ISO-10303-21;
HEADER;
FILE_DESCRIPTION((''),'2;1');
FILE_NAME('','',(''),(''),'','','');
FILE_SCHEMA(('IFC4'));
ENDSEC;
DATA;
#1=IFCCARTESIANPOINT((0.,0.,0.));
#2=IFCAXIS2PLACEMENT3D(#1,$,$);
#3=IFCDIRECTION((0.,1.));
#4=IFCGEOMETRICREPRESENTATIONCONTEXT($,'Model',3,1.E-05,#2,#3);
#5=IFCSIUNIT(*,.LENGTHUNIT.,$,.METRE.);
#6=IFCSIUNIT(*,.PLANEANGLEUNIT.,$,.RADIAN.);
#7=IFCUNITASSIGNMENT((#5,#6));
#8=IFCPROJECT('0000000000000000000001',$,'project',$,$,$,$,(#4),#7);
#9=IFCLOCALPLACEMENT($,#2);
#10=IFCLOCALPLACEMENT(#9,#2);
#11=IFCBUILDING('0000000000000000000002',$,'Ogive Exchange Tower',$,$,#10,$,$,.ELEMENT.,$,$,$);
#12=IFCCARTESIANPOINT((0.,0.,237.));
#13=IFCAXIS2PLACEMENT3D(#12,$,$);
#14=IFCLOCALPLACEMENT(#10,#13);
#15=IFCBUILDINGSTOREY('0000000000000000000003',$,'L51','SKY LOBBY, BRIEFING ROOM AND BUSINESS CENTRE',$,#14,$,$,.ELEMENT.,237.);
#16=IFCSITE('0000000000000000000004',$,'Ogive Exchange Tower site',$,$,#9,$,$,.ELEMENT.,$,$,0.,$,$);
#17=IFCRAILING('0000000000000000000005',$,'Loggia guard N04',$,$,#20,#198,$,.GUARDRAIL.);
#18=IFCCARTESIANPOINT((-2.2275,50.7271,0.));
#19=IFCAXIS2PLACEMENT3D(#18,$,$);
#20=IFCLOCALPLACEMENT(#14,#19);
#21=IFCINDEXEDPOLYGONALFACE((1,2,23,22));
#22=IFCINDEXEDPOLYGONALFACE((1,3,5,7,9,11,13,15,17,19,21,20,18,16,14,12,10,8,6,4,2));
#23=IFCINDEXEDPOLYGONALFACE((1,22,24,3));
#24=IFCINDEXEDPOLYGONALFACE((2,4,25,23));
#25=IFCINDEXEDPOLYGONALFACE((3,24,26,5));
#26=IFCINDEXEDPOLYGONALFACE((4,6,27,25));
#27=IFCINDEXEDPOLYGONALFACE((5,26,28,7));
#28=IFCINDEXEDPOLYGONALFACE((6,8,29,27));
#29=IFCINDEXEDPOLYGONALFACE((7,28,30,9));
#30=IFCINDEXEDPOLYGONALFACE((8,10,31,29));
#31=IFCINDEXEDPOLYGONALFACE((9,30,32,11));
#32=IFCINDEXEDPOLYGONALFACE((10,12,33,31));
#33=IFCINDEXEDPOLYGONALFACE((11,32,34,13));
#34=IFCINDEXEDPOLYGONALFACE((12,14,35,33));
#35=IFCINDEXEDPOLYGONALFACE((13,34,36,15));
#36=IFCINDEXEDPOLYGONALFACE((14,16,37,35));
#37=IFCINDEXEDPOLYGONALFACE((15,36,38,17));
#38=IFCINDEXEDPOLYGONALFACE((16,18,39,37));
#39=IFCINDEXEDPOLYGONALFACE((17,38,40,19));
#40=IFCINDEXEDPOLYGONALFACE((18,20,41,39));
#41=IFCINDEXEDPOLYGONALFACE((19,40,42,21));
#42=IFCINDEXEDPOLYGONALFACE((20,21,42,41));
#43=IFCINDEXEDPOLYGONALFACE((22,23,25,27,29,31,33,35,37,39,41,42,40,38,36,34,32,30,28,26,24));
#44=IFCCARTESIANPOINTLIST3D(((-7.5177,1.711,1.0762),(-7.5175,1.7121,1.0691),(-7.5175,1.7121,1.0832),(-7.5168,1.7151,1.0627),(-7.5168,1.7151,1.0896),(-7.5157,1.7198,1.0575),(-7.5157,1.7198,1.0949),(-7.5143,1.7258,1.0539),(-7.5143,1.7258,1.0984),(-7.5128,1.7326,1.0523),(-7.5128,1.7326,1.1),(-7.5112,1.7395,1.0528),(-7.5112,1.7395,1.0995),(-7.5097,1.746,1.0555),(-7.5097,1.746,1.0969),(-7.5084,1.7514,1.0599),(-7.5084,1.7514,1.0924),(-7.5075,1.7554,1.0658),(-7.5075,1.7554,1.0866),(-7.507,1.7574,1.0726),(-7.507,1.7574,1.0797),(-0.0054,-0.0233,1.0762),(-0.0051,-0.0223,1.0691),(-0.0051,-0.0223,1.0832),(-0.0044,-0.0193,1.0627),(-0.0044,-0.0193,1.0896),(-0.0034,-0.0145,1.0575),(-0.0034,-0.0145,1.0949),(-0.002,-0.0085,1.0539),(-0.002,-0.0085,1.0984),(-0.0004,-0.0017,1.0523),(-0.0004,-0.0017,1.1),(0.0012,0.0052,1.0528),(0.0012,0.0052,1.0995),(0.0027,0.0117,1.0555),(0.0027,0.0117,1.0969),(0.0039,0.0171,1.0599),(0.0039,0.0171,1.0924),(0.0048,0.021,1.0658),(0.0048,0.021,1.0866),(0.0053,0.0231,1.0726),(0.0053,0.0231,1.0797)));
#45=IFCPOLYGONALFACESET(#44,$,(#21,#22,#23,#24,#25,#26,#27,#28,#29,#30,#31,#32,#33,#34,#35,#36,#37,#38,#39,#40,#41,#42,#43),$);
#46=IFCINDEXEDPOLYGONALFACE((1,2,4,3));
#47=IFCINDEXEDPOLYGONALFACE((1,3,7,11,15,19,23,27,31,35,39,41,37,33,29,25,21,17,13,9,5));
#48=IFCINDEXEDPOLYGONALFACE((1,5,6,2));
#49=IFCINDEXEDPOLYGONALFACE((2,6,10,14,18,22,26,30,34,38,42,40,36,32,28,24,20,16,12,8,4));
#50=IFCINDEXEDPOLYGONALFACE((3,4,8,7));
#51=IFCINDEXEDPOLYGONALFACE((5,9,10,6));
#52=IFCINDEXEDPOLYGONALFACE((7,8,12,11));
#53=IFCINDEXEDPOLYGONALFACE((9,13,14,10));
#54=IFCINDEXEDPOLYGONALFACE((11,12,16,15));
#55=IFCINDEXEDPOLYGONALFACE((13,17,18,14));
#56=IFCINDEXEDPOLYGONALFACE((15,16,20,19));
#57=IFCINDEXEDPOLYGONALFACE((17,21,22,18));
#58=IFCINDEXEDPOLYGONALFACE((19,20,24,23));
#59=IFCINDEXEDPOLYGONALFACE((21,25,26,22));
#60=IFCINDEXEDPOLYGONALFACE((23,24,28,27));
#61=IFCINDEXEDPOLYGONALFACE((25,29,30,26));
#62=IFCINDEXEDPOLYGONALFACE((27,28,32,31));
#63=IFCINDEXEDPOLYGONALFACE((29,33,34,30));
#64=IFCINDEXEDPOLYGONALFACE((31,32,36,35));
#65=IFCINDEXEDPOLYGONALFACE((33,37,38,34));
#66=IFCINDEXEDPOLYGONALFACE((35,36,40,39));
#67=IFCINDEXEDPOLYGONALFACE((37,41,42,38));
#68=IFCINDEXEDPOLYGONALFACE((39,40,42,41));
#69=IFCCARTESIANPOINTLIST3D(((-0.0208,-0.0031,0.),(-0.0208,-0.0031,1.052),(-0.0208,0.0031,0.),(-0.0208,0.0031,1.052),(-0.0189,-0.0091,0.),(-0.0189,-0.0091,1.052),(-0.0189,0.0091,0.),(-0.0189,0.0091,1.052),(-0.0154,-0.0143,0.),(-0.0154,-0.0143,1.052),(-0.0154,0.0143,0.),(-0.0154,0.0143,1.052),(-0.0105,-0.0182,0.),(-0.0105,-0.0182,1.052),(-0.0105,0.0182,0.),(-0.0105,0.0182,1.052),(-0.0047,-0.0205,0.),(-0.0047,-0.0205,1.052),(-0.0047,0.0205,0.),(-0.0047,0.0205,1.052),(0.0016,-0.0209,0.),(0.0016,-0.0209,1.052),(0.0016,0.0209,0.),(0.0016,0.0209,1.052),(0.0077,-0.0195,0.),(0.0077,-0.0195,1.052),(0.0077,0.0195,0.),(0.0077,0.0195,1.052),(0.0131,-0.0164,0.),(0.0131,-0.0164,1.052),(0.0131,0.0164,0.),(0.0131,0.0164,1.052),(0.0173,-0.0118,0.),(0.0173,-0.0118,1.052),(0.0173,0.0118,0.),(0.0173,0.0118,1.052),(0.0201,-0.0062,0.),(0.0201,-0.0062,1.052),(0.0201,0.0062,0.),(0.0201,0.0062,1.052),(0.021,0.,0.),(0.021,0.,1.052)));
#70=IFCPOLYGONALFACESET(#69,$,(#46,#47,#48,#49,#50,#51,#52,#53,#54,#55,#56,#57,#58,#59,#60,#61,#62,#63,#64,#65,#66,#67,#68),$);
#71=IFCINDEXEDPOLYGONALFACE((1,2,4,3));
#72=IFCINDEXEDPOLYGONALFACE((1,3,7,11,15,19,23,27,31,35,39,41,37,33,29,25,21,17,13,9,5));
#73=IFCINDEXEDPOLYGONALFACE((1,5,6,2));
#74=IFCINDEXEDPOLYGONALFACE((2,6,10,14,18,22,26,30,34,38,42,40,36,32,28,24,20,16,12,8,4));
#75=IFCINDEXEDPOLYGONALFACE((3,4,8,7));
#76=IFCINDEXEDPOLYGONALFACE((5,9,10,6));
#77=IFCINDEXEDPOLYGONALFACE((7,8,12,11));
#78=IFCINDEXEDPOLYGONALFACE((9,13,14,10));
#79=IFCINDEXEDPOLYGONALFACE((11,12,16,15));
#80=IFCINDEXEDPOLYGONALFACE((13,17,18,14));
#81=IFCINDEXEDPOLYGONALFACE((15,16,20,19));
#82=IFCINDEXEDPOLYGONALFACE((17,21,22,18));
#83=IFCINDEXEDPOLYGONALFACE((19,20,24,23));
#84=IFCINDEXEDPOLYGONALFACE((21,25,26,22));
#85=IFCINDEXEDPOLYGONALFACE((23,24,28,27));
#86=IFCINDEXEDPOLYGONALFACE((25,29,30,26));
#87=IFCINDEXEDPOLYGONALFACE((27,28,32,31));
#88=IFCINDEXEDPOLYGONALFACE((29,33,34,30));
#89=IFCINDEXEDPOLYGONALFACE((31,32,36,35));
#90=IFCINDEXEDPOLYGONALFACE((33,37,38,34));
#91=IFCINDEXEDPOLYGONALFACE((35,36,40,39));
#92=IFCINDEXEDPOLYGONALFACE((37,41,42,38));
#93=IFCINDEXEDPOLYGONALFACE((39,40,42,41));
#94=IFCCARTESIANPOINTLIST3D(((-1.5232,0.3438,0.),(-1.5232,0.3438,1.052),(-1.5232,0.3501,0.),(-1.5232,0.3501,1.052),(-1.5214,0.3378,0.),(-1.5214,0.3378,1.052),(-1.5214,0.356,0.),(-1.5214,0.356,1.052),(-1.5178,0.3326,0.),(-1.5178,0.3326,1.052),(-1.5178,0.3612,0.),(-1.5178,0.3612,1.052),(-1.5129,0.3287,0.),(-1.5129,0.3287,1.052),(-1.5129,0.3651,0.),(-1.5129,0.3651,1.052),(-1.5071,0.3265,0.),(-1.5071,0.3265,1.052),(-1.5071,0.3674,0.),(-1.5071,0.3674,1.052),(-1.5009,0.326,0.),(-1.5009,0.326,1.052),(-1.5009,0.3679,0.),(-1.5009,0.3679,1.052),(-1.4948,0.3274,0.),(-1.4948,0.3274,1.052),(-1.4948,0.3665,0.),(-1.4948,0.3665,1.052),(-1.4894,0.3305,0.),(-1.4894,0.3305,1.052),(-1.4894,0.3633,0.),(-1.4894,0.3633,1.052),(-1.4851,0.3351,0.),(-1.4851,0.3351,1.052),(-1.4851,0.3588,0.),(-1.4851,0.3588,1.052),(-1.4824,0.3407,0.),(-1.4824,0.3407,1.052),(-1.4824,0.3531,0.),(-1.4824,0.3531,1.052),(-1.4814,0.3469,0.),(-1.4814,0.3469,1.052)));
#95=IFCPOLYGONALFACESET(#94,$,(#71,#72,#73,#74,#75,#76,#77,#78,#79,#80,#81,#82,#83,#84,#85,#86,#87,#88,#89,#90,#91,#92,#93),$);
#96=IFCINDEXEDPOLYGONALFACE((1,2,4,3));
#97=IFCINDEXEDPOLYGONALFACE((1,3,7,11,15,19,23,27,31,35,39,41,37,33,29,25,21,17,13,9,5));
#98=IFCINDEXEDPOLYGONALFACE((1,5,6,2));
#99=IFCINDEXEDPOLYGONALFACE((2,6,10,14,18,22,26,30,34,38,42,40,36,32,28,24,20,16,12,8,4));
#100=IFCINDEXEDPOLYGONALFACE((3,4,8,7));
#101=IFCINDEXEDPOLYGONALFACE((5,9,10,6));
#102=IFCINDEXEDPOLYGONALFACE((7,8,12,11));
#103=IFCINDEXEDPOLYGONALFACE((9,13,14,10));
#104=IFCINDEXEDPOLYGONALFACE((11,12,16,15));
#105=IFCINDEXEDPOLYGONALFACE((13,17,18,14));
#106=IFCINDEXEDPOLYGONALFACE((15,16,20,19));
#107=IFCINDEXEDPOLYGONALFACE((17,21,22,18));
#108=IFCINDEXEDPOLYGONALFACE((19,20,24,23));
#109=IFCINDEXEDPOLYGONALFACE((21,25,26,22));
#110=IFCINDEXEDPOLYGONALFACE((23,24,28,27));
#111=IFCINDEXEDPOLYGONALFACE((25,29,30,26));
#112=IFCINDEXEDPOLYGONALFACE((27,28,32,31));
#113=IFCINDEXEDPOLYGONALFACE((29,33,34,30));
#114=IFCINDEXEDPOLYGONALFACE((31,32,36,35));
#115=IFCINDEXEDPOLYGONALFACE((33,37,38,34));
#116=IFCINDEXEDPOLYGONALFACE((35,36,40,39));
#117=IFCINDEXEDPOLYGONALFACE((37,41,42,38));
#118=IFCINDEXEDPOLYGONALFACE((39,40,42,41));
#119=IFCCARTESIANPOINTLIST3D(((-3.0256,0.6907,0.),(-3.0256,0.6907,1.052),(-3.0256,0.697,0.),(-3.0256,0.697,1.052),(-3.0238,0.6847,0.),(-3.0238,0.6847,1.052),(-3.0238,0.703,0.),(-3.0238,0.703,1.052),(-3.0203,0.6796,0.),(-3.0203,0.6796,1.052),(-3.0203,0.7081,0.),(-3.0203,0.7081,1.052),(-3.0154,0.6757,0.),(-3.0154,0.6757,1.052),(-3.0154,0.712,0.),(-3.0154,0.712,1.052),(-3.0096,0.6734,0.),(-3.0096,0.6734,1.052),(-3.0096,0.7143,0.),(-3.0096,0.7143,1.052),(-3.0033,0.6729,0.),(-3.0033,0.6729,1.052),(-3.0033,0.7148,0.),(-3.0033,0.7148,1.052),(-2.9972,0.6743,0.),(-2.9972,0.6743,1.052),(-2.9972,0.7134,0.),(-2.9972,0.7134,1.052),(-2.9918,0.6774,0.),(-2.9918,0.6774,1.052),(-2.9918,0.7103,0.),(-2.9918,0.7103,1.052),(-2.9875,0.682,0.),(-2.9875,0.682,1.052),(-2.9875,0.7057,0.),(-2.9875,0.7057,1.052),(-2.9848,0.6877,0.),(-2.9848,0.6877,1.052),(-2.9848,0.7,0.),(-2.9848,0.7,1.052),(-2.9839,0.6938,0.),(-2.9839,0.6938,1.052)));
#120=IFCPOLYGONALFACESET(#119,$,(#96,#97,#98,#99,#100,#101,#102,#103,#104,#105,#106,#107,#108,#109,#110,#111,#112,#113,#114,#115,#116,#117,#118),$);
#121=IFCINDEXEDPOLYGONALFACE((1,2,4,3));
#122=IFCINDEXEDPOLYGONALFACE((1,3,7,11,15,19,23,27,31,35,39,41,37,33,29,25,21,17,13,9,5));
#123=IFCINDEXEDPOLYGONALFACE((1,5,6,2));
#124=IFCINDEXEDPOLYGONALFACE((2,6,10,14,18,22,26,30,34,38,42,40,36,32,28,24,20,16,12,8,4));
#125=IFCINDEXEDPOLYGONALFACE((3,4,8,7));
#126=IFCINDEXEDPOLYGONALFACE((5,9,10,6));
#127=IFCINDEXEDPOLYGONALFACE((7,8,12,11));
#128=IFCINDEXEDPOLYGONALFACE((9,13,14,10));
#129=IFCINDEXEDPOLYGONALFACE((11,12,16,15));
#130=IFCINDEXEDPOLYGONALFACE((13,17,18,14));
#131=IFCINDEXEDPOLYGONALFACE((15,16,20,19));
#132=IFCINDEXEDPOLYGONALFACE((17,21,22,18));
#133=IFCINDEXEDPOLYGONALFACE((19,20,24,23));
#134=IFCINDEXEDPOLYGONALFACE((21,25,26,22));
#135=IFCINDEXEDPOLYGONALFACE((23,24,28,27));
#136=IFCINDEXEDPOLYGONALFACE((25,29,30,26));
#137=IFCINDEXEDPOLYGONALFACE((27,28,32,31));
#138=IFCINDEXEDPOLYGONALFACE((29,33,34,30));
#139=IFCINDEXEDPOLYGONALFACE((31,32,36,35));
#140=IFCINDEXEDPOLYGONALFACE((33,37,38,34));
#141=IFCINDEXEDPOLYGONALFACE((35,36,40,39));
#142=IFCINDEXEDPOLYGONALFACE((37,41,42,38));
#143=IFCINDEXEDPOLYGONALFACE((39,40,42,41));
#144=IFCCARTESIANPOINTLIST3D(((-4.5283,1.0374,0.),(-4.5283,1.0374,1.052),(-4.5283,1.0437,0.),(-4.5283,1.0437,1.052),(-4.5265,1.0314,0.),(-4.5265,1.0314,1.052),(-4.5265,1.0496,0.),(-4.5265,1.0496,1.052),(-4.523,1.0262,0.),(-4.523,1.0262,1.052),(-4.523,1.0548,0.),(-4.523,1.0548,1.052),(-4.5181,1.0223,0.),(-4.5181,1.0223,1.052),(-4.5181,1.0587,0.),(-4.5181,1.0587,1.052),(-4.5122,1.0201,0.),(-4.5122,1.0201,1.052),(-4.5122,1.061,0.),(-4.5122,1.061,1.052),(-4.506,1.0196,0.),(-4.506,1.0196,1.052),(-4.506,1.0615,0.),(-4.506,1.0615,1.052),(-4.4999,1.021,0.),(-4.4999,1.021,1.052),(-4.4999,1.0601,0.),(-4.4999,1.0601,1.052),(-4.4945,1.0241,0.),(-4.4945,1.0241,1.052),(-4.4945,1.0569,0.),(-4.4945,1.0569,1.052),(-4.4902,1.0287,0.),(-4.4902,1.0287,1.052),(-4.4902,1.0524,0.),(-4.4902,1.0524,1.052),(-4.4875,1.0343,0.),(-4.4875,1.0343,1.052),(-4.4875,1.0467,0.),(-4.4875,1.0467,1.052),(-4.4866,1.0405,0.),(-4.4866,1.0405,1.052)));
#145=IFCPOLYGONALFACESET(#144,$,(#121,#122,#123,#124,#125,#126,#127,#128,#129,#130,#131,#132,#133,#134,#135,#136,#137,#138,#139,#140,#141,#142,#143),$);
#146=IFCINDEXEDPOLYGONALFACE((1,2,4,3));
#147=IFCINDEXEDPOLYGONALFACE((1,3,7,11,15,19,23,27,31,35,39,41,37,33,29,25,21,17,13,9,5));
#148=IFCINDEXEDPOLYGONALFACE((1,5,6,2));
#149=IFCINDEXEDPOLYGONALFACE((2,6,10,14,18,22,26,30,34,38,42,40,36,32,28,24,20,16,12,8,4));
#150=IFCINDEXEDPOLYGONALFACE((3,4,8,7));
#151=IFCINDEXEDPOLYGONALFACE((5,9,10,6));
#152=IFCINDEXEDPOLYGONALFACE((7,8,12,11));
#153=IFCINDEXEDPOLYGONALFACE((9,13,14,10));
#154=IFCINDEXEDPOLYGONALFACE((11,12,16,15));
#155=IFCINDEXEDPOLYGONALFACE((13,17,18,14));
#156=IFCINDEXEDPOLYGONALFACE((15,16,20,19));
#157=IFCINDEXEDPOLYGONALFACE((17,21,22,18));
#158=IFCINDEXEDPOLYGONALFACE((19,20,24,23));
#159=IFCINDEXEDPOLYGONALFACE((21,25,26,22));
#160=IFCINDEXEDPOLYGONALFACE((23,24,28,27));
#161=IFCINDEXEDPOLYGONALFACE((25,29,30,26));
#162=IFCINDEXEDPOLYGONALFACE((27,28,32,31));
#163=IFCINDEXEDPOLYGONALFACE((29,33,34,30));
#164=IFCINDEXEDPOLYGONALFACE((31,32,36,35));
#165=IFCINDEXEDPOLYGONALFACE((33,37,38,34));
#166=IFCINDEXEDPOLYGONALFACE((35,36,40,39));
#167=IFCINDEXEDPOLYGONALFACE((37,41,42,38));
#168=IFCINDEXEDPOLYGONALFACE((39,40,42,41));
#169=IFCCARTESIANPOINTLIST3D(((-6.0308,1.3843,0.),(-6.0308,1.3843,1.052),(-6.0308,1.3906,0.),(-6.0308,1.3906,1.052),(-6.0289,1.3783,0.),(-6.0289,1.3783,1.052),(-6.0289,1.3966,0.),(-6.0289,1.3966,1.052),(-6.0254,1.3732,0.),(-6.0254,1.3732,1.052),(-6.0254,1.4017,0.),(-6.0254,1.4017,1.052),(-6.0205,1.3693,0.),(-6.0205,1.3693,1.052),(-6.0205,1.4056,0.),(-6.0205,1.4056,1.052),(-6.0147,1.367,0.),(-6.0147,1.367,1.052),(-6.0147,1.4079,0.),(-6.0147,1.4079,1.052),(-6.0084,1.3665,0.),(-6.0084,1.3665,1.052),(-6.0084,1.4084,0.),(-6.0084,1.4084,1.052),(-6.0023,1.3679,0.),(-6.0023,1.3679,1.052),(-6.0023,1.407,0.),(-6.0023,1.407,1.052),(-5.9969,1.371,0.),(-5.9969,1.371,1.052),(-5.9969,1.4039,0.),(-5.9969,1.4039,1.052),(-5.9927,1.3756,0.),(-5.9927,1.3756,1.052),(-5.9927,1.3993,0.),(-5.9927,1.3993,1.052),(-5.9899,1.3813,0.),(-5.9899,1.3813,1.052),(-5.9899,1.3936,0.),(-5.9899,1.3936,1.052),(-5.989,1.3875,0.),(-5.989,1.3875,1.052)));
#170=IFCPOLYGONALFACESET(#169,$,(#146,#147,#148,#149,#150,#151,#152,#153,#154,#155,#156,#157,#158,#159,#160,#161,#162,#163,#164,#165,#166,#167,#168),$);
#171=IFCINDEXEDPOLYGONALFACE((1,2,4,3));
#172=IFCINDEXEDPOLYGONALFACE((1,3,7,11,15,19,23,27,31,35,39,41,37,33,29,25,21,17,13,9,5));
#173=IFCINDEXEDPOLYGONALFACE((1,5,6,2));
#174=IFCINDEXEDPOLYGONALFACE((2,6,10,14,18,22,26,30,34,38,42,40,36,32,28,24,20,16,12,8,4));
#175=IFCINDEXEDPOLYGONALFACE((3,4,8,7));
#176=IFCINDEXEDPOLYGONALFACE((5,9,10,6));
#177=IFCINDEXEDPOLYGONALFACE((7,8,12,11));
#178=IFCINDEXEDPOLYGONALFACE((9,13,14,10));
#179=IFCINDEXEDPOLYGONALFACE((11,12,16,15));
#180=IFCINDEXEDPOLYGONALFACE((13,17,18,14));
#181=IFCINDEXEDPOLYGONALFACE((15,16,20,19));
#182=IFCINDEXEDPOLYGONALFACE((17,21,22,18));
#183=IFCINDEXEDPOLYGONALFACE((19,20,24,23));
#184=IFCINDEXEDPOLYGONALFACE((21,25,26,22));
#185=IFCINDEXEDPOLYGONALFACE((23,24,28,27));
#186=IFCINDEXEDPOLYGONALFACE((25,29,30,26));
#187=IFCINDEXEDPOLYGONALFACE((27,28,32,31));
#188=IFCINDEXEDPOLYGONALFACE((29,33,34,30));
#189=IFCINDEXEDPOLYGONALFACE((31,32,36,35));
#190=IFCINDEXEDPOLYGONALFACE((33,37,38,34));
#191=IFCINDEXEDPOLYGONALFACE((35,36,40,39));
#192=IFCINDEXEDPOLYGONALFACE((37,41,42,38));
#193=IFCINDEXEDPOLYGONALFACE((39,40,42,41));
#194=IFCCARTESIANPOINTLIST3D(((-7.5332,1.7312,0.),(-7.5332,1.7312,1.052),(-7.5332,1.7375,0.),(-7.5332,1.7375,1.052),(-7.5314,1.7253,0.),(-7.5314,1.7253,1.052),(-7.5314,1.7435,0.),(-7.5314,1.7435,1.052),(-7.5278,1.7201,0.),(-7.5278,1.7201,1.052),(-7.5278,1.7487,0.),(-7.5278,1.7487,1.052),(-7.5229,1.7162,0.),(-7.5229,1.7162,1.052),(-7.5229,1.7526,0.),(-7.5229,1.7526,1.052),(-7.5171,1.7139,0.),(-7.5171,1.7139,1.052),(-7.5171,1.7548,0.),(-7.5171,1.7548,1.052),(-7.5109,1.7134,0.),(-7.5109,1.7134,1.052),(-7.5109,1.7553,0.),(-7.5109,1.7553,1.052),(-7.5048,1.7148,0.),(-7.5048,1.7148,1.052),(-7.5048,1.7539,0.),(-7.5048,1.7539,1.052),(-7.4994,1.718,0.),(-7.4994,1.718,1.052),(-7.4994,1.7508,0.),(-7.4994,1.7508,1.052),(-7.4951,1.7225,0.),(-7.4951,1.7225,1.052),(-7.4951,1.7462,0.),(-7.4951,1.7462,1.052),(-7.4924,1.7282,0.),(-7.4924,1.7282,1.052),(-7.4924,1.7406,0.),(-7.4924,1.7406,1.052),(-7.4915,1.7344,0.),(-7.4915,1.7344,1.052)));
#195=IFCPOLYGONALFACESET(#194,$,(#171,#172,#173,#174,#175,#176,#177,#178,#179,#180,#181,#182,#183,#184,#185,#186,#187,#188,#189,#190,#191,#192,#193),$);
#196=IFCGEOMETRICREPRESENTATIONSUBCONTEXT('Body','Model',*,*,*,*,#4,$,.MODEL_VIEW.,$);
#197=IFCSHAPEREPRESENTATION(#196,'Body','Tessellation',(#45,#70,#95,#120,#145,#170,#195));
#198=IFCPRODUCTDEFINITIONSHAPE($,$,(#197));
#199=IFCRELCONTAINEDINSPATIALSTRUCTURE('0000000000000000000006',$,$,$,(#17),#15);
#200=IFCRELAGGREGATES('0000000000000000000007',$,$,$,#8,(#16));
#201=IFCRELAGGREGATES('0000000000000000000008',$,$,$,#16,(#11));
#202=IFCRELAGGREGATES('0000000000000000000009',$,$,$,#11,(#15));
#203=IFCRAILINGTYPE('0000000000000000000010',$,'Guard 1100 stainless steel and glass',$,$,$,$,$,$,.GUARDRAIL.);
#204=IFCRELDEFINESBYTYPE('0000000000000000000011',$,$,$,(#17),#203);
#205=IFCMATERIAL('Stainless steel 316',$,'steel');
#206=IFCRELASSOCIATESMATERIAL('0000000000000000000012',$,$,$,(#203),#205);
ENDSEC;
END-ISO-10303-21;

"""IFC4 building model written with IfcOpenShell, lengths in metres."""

from ifc_helpers import new_model, si_unit, direction, frame, origin, origin_2d, place, context, subcontext, project, spatial, circle, extrude, material, type_object, element, save


model = new_model("IFC4")

# Units and contexts
model_context = context("Model", 3, precision=1e-05, world=origin(), true_north=direction((0.0, 1.0)))
body_context = subcontext(model_context, "Body", "Model", "MODEL_VIEW")
ifc_project = project(units=[si_unit("LENGTHUNIT", "METRE"), si_unit("PLANEANGLEUNIT", "RADIAN")], contexts=[model_context])

# Site, building, storey
site_placement = place(None, origin())
site = spatial("IfcSite", under=ifc_project, at=site_placement, Name="Ogive Exchange Tower site", CompositionType="ELEMENT", RefElevation=0.0)
building_placement = place(site_placement, origin())
building = spatial("IfcBuilding", under=site, at=building_placement, Name="Ogive Exchange Tower", CompositionType="ELEMENT")
storey_placement = place(building_placement, frame((0.0, 0.0, 237.0)))
storey = spatial("IfcBuildingStorey", under=building, at=storey_placement, Name="L51", Description="SKY LOBBY, BRIEFING ROOM AND BUSINESS CENTRE", CompositionType="ELEMENT", Elevation=237.0)

# Railing
ifc_material_1 = material(Name="Stainless steel 316", Category="steel")
railing_type = type_object("IfcRailingType", Name="Guard 1100 stainless steel and glass", PredefinedType="GUARDRAIL", material=ifc_material_1)
railing_placement = place(storey_placement, frame((-2.2275, 50.7271, 0.0)))
element("IfcRailing", 1, at=railing_placement, inside=storey, type_object=railing_type, Name="Loggia guard N04", PredefinedType="GUARDRAIL", context=body_context, shape_type="SweptSolid", body=[
    extrude(circle(Radius=0.0239, at=origin_2d()), frame((0.0, 0.0, 1.0762), z_axis=(-0.97437, 0.22495, 0.0), x_axis=(-0.22495, -0.97437, 0.0)), (0.0, 0.0, 1.0), 7.71),
    extrude(circle(Radius=0.021, at=origin_2d()), origin(), (0.0, 0.0, 1.0), 1.052),
    extrude(circle(Radius=0.021, at=origin_2d()), frame((-1.5024, 0.3469, 0.0)), (0.0, 0.0, 1.0), 1.052),
    extrude(circle(Radius=0.021, at=origin_2d()), frame((-3.0049, 0.6938, 0.0)), (0.0, 0.0, 1.0), 1.052),
    extrude(circle(Radius=0.021, at=origin_2d()), frame((-4.5076, 1.0405, 0.0)), (0.0, 0.0, 1.0), 1.052),
    extrude(circle(Radius=0.021, at=origin_2d()), frame((-6.01, 1.3875, 0.0)), (0.0, 0.0, 1.0), 1.052),
    extrude(circle(Radius=0.021, at=origin_2d()), frame((-7.5125, 1.7344, 0.0)), (0.0, 0.0, 1.0), 1.052),
])

save(model, "model.ifc")
